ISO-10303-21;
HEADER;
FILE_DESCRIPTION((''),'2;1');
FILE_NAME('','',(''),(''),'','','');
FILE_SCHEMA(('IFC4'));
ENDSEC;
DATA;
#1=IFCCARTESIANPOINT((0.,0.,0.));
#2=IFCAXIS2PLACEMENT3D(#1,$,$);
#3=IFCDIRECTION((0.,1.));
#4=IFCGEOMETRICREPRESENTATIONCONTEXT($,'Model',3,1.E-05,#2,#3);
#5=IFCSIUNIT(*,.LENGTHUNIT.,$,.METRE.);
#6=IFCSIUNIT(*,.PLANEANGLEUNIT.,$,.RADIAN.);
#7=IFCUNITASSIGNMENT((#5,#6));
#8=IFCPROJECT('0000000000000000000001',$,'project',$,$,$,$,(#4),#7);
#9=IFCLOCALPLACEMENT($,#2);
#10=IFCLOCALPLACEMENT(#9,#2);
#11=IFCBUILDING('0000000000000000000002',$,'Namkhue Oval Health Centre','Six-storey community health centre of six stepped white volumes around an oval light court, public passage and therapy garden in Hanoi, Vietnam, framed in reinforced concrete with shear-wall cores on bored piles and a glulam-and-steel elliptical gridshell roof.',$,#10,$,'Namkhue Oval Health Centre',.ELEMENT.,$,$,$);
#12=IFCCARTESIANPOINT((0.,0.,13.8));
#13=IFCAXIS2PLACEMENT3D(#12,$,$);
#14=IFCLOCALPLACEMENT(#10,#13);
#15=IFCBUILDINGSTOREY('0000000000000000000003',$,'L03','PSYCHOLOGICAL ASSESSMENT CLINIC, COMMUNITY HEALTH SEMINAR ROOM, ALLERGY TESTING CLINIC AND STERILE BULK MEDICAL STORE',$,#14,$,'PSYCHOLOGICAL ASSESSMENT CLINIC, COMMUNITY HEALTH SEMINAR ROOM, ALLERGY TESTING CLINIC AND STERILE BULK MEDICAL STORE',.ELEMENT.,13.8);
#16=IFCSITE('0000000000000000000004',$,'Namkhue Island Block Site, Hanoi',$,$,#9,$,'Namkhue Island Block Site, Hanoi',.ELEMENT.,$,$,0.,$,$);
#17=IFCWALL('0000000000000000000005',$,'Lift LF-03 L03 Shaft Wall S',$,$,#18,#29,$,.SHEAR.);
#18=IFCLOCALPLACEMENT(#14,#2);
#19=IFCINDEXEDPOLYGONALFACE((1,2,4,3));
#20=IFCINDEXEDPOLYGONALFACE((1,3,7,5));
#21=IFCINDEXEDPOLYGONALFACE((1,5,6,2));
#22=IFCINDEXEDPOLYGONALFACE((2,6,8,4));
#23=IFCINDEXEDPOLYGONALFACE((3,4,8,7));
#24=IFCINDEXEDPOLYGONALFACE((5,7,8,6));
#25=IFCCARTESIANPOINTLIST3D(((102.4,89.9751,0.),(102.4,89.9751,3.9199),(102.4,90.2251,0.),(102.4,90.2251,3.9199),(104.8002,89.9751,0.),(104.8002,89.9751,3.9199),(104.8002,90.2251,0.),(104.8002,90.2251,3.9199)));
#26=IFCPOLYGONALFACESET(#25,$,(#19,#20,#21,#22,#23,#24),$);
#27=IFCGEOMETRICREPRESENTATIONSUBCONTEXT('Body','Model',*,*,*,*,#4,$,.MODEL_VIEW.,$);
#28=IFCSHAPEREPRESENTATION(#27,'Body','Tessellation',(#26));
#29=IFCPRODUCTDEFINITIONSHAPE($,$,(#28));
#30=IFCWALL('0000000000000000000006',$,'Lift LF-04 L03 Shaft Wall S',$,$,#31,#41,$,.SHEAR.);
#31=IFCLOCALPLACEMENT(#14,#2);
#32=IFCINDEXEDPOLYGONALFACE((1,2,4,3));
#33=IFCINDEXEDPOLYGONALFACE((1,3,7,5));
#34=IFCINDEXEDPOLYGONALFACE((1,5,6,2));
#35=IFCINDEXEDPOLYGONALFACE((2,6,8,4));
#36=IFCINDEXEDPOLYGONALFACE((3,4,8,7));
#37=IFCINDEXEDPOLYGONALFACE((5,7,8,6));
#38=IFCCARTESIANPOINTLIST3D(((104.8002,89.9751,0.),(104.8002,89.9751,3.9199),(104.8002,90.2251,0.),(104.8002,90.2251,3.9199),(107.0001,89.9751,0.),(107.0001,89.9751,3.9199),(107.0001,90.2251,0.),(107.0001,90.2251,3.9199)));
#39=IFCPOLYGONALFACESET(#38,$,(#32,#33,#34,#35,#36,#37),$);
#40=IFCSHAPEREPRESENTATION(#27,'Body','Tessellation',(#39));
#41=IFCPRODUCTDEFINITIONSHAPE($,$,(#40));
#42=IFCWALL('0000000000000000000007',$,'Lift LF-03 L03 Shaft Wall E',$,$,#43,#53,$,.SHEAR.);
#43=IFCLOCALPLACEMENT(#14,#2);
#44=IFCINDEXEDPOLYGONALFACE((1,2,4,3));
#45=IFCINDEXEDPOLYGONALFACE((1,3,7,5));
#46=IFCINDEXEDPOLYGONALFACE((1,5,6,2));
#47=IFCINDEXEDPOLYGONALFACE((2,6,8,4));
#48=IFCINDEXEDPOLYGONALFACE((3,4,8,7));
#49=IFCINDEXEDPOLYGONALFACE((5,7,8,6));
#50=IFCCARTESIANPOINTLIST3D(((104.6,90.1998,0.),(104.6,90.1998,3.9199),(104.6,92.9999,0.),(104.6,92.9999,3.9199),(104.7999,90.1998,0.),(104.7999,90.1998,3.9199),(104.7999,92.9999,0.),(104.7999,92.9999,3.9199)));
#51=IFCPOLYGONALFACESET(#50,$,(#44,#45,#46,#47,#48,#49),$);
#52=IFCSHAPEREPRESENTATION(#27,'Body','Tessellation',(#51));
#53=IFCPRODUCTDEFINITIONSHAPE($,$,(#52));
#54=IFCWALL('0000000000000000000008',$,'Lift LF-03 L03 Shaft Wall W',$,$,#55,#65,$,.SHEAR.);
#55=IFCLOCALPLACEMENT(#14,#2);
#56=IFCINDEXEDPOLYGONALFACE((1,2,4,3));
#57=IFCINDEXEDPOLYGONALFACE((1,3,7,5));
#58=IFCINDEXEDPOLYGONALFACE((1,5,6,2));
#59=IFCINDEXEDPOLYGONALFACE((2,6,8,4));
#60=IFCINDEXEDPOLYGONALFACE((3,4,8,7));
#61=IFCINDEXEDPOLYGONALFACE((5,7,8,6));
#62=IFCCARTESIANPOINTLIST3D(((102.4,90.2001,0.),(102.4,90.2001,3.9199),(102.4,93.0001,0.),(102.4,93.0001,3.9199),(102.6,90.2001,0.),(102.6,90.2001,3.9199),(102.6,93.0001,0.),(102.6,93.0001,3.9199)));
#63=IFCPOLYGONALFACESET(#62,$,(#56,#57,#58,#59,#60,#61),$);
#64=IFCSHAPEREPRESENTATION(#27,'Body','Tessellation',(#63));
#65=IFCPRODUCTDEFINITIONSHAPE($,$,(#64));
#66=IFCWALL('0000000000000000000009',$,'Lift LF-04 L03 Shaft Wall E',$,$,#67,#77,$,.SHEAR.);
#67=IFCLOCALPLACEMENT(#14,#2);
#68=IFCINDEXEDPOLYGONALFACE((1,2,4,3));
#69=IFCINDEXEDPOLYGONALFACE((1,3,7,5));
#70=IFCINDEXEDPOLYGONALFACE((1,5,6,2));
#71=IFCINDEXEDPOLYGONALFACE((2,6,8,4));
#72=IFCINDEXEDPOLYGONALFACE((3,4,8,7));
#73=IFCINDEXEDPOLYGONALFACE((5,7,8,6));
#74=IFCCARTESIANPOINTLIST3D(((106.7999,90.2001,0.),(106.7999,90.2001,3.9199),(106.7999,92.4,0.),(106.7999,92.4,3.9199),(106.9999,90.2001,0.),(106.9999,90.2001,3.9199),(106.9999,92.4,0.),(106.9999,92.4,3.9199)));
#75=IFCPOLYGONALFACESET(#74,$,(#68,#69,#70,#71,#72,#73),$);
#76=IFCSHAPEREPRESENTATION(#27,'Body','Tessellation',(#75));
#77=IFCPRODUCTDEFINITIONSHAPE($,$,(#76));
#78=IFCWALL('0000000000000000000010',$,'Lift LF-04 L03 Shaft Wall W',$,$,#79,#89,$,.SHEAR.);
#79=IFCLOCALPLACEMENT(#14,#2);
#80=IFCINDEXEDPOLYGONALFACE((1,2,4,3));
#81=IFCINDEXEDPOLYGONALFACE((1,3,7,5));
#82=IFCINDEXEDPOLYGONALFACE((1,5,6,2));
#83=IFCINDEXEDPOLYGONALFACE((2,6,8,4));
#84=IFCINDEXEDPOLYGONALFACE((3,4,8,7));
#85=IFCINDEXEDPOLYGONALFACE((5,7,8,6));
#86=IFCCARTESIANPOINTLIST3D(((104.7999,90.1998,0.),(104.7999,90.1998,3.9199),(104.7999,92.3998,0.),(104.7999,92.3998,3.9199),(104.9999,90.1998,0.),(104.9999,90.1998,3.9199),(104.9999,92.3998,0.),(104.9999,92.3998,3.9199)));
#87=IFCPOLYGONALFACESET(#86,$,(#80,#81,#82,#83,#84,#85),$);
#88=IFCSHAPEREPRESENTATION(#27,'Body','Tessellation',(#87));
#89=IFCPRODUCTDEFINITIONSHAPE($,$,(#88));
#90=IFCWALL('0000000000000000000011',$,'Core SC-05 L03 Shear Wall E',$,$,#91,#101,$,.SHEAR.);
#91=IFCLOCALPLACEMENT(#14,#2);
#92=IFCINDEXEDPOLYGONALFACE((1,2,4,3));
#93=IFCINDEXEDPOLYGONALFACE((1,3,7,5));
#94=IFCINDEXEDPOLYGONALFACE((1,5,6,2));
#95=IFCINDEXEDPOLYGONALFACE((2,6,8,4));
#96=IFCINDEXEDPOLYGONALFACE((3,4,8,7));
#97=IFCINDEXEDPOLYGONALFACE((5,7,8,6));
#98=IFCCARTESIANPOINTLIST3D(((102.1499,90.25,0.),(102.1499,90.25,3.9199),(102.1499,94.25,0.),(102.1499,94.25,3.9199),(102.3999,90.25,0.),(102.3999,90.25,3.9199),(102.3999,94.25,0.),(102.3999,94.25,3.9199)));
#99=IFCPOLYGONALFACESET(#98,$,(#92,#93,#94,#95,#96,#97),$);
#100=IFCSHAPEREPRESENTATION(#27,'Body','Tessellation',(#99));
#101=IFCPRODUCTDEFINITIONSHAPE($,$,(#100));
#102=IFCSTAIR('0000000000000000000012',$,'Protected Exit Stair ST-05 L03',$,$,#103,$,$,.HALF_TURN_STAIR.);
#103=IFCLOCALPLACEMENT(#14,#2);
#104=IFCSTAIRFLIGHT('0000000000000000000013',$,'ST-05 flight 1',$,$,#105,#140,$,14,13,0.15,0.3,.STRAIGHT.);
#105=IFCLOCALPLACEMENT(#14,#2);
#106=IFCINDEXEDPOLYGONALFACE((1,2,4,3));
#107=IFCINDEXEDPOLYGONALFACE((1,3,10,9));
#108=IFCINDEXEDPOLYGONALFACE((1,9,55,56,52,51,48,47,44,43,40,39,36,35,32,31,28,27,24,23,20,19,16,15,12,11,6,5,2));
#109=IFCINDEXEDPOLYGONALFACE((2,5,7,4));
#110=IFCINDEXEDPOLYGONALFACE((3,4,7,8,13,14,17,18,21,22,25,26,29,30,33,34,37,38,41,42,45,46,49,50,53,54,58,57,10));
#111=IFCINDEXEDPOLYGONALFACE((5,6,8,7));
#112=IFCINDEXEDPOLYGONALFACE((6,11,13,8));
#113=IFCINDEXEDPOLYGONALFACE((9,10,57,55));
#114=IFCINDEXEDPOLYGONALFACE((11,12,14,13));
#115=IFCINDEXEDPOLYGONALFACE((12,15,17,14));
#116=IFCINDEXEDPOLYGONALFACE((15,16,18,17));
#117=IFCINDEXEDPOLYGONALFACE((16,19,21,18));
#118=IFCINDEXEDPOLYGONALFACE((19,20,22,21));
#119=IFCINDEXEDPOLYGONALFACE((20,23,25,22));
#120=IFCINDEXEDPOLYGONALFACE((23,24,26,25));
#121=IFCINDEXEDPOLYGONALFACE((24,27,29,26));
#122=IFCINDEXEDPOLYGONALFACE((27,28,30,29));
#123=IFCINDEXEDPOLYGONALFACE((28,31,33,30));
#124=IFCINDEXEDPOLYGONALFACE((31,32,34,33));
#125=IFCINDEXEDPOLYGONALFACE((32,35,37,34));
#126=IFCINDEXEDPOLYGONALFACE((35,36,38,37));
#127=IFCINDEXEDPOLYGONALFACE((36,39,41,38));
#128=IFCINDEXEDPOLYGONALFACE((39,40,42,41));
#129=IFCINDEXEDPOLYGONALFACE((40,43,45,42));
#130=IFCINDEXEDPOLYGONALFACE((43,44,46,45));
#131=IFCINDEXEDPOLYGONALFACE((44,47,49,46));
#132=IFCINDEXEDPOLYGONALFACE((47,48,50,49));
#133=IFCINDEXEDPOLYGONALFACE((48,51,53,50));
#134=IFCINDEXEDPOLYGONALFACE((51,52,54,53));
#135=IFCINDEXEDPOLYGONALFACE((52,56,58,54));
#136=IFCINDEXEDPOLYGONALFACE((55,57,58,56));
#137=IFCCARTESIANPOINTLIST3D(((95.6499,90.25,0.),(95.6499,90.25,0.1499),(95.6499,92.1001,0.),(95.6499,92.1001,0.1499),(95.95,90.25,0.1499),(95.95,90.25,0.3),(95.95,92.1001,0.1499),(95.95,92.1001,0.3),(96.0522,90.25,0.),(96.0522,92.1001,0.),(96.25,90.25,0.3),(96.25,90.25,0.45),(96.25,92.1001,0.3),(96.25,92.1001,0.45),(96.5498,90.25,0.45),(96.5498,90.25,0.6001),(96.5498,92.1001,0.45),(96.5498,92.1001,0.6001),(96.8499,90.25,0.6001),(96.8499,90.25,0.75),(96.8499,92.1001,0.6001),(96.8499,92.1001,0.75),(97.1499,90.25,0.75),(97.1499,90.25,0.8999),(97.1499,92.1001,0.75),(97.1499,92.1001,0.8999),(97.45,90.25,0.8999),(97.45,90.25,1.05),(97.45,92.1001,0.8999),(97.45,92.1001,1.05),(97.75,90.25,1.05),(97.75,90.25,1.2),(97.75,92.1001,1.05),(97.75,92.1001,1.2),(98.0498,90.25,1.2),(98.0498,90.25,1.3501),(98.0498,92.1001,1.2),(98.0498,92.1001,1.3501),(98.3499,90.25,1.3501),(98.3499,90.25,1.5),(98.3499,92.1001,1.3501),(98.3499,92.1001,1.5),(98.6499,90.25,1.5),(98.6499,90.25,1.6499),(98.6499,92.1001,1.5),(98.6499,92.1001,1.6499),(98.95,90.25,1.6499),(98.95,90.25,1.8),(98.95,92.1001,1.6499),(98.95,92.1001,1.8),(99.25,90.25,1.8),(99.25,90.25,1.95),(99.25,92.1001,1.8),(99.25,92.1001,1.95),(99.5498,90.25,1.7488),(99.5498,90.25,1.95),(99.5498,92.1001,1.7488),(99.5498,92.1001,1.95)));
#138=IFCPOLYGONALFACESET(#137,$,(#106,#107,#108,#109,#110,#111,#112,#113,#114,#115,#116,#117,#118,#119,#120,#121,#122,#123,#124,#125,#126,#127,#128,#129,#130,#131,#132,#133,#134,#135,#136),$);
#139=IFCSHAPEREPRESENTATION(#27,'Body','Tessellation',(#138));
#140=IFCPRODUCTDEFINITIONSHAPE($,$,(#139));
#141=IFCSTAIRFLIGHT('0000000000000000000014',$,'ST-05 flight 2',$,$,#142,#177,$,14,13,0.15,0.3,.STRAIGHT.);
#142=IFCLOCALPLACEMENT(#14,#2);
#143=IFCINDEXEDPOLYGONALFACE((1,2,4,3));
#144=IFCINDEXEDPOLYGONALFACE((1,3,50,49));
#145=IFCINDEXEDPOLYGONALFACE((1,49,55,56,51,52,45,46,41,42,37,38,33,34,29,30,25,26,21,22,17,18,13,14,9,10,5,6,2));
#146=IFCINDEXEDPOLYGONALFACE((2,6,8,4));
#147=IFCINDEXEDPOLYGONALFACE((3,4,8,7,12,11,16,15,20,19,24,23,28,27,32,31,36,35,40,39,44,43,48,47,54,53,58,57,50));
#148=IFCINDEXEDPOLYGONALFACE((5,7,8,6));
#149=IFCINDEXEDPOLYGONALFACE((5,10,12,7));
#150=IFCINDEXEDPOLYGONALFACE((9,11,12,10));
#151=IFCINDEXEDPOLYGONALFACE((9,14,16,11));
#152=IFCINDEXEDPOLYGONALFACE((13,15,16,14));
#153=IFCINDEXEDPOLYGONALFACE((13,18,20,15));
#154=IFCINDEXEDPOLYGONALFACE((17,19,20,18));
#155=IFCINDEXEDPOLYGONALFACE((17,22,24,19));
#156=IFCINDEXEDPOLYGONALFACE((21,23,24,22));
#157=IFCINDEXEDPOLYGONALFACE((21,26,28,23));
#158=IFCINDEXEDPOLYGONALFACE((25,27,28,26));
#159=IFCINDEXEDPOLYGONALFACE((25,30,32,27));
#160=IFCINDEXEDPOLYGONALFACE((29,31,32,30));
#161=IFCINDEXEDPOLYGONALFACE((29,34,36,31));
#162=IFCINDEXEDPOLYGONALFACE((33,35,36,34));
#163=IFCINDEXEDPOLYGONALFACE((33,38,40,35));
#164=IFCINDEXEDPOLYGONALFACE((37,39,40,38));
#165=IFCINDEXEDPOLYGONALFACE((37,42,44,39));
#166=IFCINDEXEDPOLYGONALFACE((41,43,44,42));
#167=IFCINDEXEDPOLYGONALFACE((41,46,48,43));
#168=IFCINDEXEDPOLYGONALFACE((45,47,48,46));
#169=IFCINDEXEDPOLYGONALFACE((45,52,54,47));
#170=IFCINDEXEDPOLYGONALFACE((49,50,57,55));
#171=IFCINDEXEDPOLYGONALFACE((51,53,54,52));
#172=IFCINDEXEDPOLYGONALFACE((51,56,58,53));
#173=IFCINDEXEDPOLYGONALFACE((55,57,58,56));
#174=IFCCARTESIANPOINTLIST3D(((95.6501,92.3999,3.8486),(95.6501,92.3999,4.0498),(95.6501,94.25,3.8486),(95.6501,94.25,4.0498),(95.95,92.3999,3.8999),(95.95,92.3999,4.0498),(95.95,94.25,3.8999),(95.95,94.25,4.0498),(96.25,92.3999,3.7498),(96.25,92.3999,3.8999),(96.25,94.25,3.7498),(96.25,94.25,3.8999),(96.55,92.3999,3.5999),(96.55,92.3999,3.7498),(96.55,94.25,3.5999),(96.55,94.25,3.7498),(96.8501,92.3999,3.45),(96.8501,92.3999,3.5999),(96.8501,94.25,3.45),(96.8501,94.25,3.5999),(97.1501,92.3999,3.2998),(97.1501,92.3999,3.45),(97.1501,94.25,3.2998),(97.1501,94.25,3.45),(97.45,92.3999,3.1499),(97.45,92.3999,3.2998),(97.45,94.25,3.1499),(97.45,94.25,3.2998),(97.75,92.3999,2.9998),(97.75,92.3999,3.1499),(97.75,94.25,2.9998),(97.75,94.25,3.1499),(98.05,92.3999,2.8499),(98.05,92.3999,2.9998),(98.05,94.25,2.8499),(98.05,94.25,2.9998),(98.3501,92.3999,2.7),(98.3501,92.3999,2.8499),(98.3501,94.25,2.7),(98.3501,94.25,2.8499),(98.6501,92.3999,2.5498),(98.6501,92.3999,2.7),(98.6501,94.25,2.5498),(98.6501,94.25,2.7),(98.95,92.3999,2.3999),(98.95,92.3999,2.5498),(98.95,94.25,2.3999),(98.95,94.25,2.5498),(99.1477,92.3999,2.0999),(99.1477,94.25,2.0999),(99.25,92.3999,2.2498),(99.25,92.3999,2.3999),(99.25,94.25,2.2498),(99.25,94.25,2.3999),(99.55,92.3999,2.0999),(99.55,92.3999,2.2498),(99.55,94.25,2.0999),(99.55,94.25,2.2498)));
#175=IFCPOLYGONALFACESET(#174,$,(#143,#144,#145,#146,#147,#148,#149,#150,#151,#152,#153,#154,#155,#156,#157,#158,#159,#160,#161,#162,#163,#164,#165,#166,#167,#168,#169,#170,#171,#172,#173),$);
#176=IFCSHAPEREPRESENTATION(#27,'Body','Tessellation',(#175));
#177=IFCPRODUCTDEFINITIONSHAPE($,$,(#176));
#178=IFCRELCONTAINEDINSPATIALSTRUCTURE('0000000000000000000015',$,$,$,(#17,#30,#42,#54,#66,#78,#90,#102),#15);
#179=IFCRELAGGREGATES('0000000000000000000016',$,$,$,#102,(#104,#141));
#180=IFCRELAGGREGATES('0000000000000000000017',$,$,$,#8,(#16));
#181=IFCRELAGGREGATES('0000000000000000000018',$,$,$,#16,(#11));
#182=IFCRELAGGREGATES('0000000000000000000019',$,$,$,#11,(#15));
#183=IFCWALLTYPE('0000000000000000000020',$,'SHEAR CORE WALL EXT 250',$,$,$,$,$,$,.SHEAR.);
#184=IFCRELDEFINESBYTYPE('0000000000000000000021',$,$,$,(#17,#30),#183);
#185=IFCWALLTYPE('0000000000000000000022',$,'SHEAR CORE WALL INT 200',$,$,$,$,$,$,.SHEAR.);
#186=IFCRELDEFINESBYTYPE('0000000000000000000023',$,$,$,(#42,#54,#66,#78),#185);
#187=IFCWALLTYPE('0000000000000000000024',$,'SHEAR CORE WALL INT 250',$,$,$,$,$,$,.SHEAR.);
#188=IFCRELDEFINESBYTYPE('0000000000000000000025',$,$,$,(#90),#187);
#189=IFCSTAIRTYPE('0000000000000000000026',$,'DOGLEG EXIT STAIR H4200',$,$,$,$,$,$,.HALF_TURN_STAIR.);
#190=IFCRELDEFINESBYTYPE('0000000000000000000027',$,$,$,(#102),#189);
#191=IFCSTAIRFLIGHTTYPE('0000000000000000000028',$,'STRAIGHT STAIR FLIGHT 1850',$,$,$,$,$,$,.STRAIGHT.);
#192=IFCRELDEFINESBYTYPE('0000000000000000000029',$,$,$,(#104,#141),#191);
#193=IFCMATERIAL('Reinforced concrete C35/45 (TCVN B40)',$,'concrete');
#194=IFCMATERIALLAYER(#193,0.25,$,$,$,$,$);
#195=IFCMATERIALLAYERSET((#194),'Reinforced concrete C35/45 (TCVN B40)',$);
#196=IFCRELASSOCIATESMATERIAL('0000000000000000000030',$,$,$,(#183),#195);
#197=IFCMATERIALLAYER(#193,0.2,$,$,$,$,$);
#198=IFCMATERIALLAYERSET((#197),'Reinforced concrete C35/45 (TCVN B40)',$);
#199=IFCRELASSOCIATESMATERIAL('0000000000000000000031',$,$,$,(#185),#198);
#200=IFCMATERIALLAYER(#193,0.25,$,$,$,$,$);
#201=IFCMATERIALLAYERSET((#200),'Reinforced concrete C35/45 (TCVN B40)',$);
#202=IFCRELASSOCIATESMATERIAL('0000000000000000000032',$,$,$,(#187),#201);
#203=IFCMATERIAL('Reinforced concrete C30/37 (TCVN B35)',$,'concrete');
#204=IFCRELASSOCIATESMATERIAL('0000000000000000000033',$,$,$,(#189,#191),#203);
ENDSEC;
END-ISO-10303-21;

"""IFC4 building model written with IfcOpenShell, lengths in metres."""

from ifc_helpers import new_model, si_unit, direction, frame, frame_2d, origin, place, context, subcontext, project, spatial, polyline, rectangle, outline, extrude, material, layer, layer_set, type_object, element, aggregate, save


model = new_model("IFC4")

# Units and contexts
model_context = context("Model", 3, precision=1e-05, world=origin(), true_north=direction((0.0, 1.0)))
body_context = subcontext(model_context, "Body", "Model", "MODEL_VIEW")
ifc_project = project(units=[si_unit("LENGTHUNIT", "METRE"), si_unit("PLANEANGLEUNIT", "RADIAN")], contexts=[model_context])

# Site, building, storey
site_placement = place(None, origin())
site = spatial("IfcSite", under=ifc_project, at=site_placement, Name="Namkhue Island Block Site, Hanoi", LongName="Namkhue Island Block Site, Hanoi", CompositionType="ELEMENT", RefElevation=0.0)
building_placement = place(site_placement, origin())
building = spatial("IfcBuilding", under=site, at=building_placement, Name="Namkhue Oval Health Centre", Description="Six-storey community health centre of six stepped white volumes around an oval light court, public passage and therapy garden in Hanoi, Vietnam, framed in reinforced concrete with shear-wall cores on bored piles and a glulam-and-steel elliptical gridshell roof.", LongName="Namkhue Oval Health Centre", CompositionType="ELEMENT")
storey_placement = place(building_placement, frame((0.0, 0.0, 13.8)))
storey = spatial("IfcBuildingStorey", under=building, at=storey_placement, Name="L03", Description="PSYCHOLOGICAL ASSESSMENT CLINIC, COMMUNITY HEALTH SEMINAR ROOM, ALLERGY TESTING CLINIC AND STERILE BULK MEDICAL STORE", LongName="PSYCHOLOGICAL ASSESSMENT CLINIC, COMMUNITY HEALTH SEMINAR ROOM, ALLERGY TESTING CLINIC AND STERILE BULK MEDICAL STORE", CompositionType="ELEMENT", Elevation=13.8)

# Walls
ifc_material_1 = material(Name="Reinforced concrete C35/45 (TCVN B40)", Category="concrete")
ifc_layer_1 = layer(ifc_material_1, 0.25)
ifc_layer_set_1 = layer_set([ifc_layer_1], Name="Reinforced concrete C35/45 (TCVN B40)")
wall_type_1 = type_object("IfcWallType", Name="SHEAR CORE WALL EXT 250", PredefinedType="SHEAR", material=ifc_layer_set_1)
wall_1_placement = place(storey_placement, frame((102.3999, 90.1001, 0.0), z_axis=(0.0, 0.0, 1.0), x_axis=(1.0, 0.0, 0.0)))
element("IfcWall", 1, at=wall_1_placement, inside=storey, type_object=wall_type_1, Name="Lift LF-03 L03 Shaft Wall S", PredefinedType="SHEAR", context=body_context, shape_type="SweptSolid", body=[
    extrude(rectangle(XDim=2.4001, YDim=0.25, at=frame_2d((1.2002, 0.0))), origin(), (0.0, 0.0, 1.0), 3.9199),
])
wall_2_placement = place(storey_placement, frame((104.8, 90.1001, 0.0), z_axis=(0.0, 0.0, 1.0), x_axis=(1.0, 0.0, 0.0)))
element("IfcWall", 2, at=wall_2_placement, inside=storey, type_object=wall_type_1, Name="Lift LF-04 L03 Shaft Wall S", PredefinedType="SHEAR", context=body_context, shape_type="SweptSolid", body=[
    extrude(rectangle(XDim=2.2, YDim=0.25, at=frame_2d((1.1001, 0.0))), origin(), (0.0, 0.0, 1.0), 3.9199),
])
ifc_layer_2 = layer(ifc_material_1, 0.2)
ifc_layer_set_2 = layer_set([ifc_layer_2], Name="Reinforced concrete C35/45 (TCVN B40)")
wall_type_2 = type_object("IfcWallType", Name="SHEAR CORE WALL INT 200", PredefinedType="SHEAR", material=ifc_layer_set_2)
wall_3_placement = place(storey_placement, frame((104.7, 90.2, 0.0), z_axis=(0.0, 0.0, 1.0), x_axis=(0.0, 1.0, 0.0)))
element("IfcWall", 3, at=wall_3_placement, inside=storey, type_object=wall_type_2, Name="Lift LF-03 L03 Shaft Wall E", PredefinedType="SHEAR", context=body_context, shape_type="SweptSolid", body=[
    extrude(rectangle(XDim=2.8, YDim=0.2, at=frame_2d((1.3999, 0.0))), origin(), (0.0, 0.0, 1.0), 3.9199),
])

# Walls
wall_4_placement = place(storey_placement, frame((102.5, 93.0, 0.0), z_axis=(0.0, 0.0, 1.0), x_axis=(0.0, -1.0, 0.0)))
element("IfcWall", 4, at=wall_4_placement, inside=storey, type_object=wall_type_2, Name="Lift LF-03 L03 Shaft Wall W", PredefinedType="SHEAR", context=body_context, shape_type="SweptSolid", body=[
    extrude(rectangle(XDim=2.8, YDim=0.2, at=frame_2d((1.3999, 0.0))), origin(), (0.0, 0.0, 1.0), 3.9199),
])
wall_5_placement = place(storey_placement, frame((106.8999, 90.2, 0.0), z_axis=(0.0, 0.0, 1.0), x_axis=(0.0, 1.0, 0.0)))
element("IfcWall", 5, at=wall_5_placement, inside=storey, type_object=wall_type_2, Name="Lift LF-04 L03 Shaft Wall E", PredefinedType="SHEAR", context=body_context, shape_type="SweptSolid", body=[
    extrude(rectangle(XDim=2.2, YDim=0.2, at=frame_2d((1.1001, 0.0))), origin(), (0.0, 0.0, 1.0), 3.9199),
])

# Walls
wall_6_placement = place(storey_placement, frame((104.8999, 92.3999, 0.0), z_axis=(0.0, 0.0, 1.0), x_axis=(0.0, -1.0, 0.0)))
element("IfcWall", 6, at=wall_6_placement, inside=storey, type_object=wall_type_2, Name="Lift LF-04 L03 Shaft Wall W", PredefinedType="SHEAR", context=body_context, shape_type="SweptSolid", body=[
    extrude(rectangle(XDim=2.2, YDim=0.2, at=frame_2d((1.1001, 0.0))), origin(), (0.0, 0.0, 1.0), 3.9199),
])
ifc_layer_3 = layer(ifc_material_1, 0.25)
ifc_layer_set_3 = layer_set([ifc_layer_3], Name="Reinforced concrete C35/45 (TCVN B40)")
wall_type_3 = type_object("IfcWallType", Name="SHEAR CORE WALL INT 250", PredefinedType="SHEAR", material=ifc_layer_set_3)
wall_7_placement = place(storey_placement, frame((102.2749, 90.25, 0.0), z_axis=(0.0, 0.0, 1.0), x_axis=(0.0, 1.0, 0.0)))
element("IfcWall", 7, at=wall_7_placement, inside=storey, type_object=wall_type_3, Name="Core SC-05 L03 Shear Wall E", PredefinedType="SHEAR", context=body_context, shape_type="SweptSolid", body=[
    extrude(rectangle(XDim=4.0, YDim=0.25, at=frame_2d((2.0, 0.0))), origin(), (0.0, 0.0, 1.0), 3.9199),
])

# Stair, stair flights
ifc_material_2 = material(Name="Reinforced concrete C30/37 (TCVN B35)", Category="concrete")
stair_type = type_object("IfcStairType", Name="DOGLEG EXIT STAIR H4200", PredefinedType="HALF_TURN_STAIR", material=ifc_material_2)
stair_placement = place(storey_placement, origin())
stair = element("IfcStair", 8, at=stair_placement, inside=storey, type_object=stair_type, Name="Protected Exit Stair ST-05 L03", PredefinedType="HALF_TURN_STAIR")
stair_flight_type = type_object("IfcStairFlightType", Name="STRAIGHT STAIR FLIGHT 1850", PredefinedType="STRAIGHT", material=ifc_material_2)
stair_flight_1_placement = place(storey_placement, frame((95.6499, 91.175, 0.0), z_axis=(0.0, 0.0, 1.0), x_axis=(1.0, 0.0, 0.0)))
stair_flight_1 = element("IfcStairFlight", 9, at=stair_flight_1_placement, type_object=stair_flight_type, Name="ST-05 flight 1", NumberOfRisers=14, NumberOfTreads=13, PredefinedType="STRAIGHT", RiserHeight=0.15, TreadLength=0.3, context=body_context, shape_type="SweptSolid", body=[
    extrude(outline(polyline([(0.0, 0.0), (0.0, 0.1499), (0.3, 0.1499), (0.3, 0.3), (0.6001, 0.3), (0.6001, 0.45), (0.8999, 0.45), (0.8999, 0.6001), (1.2, 0.6001), (1.2, 0.75), (1.5, 0.75), (1.5, 0.8999), (1.8, 0.8999), (1.8, 1.05), (2.1001, 1.05), (2.1001, 1.2), (2.3999, 1.2), (2.3999, 1.3501), (2.7, 1.3501), (2.7, 1.5), (3.0, 1.5), (3.0, 1.6499), (3.3, 1.6499), (3.3, 1.8), (3.6001, 1.8), (3.6001, 1.95), (3.8999, 1.95), (3.8999, 2.1001), (3.8999, 1.7488), (0.4023, 0.0), (0.0, 0.0)])), frame((0.0, 0.925, 0.0), z_axis=(0.0, -1.0, 0.0), x_axis=(1.0, 0.0, 0.0)), (0.0, 0.0, 1.0), 1.8501),
])
stair_flight_2_placement = place(storey_placement, frame((99.55, 93.325, 2.0999), z_axis=(0.0, 0.0, 1.0), x_axis=(-1.0, 0.0, 0.0)))
stair_flight_2 = element("IfcStairFlight", 10, at=stair_flight_2_placement, type_object=stair_flight_type, Name="ST-05 flight 2", NumberOfRisers=14, NumberOfTreads=13, PredefinedType="STRAIGHT", RiserHeight=0.15, TreadLength=0.3, context=body_context, shape_type="SweptSolid", body=[
    extrude(outline(polyline([(0.0, 0.0), (0.0, 0.1499), (0.3, 0.1499), (0.3, 0.3), (0.6001, 0.3), (0.6001, 0.45), (0.8999, 0.45), (0.8999, 0.6001), (1.2, 0.6001), (1.2, 0.75), (1.5, 0.75), (1.5, 0.8999), (1.8, 0.8999), (1.8, 1.05), (2.1001, 1.05), (2.1001, 1.2), (2.3999, 1.2), (2.3999, 1.3501), (2.7, 1.3501), (2.7, 1.5), (3.0, 1.5), (3.0, 1.6499), (3.3, 1.6499), (3.3, 1.8), (3.6001, 1.8), (3.6001, 1.95), (3.8999, 1.95), (3.8999, 2.1001), (3.8999, 1.7488), (0.4023, 0.0), (0.0, 0.0)])), frame((0.0, 0.925, 0.0), z_axis=(0.0, -1.0, 0.0), x_axis=(1.0, 0.0, 0.0)), (0.0, 0.0, 1.0), 1.8501),
])
aggregate(stair, [stair_flight_1, stair_flight_2])

save(model, "model.ifc")
